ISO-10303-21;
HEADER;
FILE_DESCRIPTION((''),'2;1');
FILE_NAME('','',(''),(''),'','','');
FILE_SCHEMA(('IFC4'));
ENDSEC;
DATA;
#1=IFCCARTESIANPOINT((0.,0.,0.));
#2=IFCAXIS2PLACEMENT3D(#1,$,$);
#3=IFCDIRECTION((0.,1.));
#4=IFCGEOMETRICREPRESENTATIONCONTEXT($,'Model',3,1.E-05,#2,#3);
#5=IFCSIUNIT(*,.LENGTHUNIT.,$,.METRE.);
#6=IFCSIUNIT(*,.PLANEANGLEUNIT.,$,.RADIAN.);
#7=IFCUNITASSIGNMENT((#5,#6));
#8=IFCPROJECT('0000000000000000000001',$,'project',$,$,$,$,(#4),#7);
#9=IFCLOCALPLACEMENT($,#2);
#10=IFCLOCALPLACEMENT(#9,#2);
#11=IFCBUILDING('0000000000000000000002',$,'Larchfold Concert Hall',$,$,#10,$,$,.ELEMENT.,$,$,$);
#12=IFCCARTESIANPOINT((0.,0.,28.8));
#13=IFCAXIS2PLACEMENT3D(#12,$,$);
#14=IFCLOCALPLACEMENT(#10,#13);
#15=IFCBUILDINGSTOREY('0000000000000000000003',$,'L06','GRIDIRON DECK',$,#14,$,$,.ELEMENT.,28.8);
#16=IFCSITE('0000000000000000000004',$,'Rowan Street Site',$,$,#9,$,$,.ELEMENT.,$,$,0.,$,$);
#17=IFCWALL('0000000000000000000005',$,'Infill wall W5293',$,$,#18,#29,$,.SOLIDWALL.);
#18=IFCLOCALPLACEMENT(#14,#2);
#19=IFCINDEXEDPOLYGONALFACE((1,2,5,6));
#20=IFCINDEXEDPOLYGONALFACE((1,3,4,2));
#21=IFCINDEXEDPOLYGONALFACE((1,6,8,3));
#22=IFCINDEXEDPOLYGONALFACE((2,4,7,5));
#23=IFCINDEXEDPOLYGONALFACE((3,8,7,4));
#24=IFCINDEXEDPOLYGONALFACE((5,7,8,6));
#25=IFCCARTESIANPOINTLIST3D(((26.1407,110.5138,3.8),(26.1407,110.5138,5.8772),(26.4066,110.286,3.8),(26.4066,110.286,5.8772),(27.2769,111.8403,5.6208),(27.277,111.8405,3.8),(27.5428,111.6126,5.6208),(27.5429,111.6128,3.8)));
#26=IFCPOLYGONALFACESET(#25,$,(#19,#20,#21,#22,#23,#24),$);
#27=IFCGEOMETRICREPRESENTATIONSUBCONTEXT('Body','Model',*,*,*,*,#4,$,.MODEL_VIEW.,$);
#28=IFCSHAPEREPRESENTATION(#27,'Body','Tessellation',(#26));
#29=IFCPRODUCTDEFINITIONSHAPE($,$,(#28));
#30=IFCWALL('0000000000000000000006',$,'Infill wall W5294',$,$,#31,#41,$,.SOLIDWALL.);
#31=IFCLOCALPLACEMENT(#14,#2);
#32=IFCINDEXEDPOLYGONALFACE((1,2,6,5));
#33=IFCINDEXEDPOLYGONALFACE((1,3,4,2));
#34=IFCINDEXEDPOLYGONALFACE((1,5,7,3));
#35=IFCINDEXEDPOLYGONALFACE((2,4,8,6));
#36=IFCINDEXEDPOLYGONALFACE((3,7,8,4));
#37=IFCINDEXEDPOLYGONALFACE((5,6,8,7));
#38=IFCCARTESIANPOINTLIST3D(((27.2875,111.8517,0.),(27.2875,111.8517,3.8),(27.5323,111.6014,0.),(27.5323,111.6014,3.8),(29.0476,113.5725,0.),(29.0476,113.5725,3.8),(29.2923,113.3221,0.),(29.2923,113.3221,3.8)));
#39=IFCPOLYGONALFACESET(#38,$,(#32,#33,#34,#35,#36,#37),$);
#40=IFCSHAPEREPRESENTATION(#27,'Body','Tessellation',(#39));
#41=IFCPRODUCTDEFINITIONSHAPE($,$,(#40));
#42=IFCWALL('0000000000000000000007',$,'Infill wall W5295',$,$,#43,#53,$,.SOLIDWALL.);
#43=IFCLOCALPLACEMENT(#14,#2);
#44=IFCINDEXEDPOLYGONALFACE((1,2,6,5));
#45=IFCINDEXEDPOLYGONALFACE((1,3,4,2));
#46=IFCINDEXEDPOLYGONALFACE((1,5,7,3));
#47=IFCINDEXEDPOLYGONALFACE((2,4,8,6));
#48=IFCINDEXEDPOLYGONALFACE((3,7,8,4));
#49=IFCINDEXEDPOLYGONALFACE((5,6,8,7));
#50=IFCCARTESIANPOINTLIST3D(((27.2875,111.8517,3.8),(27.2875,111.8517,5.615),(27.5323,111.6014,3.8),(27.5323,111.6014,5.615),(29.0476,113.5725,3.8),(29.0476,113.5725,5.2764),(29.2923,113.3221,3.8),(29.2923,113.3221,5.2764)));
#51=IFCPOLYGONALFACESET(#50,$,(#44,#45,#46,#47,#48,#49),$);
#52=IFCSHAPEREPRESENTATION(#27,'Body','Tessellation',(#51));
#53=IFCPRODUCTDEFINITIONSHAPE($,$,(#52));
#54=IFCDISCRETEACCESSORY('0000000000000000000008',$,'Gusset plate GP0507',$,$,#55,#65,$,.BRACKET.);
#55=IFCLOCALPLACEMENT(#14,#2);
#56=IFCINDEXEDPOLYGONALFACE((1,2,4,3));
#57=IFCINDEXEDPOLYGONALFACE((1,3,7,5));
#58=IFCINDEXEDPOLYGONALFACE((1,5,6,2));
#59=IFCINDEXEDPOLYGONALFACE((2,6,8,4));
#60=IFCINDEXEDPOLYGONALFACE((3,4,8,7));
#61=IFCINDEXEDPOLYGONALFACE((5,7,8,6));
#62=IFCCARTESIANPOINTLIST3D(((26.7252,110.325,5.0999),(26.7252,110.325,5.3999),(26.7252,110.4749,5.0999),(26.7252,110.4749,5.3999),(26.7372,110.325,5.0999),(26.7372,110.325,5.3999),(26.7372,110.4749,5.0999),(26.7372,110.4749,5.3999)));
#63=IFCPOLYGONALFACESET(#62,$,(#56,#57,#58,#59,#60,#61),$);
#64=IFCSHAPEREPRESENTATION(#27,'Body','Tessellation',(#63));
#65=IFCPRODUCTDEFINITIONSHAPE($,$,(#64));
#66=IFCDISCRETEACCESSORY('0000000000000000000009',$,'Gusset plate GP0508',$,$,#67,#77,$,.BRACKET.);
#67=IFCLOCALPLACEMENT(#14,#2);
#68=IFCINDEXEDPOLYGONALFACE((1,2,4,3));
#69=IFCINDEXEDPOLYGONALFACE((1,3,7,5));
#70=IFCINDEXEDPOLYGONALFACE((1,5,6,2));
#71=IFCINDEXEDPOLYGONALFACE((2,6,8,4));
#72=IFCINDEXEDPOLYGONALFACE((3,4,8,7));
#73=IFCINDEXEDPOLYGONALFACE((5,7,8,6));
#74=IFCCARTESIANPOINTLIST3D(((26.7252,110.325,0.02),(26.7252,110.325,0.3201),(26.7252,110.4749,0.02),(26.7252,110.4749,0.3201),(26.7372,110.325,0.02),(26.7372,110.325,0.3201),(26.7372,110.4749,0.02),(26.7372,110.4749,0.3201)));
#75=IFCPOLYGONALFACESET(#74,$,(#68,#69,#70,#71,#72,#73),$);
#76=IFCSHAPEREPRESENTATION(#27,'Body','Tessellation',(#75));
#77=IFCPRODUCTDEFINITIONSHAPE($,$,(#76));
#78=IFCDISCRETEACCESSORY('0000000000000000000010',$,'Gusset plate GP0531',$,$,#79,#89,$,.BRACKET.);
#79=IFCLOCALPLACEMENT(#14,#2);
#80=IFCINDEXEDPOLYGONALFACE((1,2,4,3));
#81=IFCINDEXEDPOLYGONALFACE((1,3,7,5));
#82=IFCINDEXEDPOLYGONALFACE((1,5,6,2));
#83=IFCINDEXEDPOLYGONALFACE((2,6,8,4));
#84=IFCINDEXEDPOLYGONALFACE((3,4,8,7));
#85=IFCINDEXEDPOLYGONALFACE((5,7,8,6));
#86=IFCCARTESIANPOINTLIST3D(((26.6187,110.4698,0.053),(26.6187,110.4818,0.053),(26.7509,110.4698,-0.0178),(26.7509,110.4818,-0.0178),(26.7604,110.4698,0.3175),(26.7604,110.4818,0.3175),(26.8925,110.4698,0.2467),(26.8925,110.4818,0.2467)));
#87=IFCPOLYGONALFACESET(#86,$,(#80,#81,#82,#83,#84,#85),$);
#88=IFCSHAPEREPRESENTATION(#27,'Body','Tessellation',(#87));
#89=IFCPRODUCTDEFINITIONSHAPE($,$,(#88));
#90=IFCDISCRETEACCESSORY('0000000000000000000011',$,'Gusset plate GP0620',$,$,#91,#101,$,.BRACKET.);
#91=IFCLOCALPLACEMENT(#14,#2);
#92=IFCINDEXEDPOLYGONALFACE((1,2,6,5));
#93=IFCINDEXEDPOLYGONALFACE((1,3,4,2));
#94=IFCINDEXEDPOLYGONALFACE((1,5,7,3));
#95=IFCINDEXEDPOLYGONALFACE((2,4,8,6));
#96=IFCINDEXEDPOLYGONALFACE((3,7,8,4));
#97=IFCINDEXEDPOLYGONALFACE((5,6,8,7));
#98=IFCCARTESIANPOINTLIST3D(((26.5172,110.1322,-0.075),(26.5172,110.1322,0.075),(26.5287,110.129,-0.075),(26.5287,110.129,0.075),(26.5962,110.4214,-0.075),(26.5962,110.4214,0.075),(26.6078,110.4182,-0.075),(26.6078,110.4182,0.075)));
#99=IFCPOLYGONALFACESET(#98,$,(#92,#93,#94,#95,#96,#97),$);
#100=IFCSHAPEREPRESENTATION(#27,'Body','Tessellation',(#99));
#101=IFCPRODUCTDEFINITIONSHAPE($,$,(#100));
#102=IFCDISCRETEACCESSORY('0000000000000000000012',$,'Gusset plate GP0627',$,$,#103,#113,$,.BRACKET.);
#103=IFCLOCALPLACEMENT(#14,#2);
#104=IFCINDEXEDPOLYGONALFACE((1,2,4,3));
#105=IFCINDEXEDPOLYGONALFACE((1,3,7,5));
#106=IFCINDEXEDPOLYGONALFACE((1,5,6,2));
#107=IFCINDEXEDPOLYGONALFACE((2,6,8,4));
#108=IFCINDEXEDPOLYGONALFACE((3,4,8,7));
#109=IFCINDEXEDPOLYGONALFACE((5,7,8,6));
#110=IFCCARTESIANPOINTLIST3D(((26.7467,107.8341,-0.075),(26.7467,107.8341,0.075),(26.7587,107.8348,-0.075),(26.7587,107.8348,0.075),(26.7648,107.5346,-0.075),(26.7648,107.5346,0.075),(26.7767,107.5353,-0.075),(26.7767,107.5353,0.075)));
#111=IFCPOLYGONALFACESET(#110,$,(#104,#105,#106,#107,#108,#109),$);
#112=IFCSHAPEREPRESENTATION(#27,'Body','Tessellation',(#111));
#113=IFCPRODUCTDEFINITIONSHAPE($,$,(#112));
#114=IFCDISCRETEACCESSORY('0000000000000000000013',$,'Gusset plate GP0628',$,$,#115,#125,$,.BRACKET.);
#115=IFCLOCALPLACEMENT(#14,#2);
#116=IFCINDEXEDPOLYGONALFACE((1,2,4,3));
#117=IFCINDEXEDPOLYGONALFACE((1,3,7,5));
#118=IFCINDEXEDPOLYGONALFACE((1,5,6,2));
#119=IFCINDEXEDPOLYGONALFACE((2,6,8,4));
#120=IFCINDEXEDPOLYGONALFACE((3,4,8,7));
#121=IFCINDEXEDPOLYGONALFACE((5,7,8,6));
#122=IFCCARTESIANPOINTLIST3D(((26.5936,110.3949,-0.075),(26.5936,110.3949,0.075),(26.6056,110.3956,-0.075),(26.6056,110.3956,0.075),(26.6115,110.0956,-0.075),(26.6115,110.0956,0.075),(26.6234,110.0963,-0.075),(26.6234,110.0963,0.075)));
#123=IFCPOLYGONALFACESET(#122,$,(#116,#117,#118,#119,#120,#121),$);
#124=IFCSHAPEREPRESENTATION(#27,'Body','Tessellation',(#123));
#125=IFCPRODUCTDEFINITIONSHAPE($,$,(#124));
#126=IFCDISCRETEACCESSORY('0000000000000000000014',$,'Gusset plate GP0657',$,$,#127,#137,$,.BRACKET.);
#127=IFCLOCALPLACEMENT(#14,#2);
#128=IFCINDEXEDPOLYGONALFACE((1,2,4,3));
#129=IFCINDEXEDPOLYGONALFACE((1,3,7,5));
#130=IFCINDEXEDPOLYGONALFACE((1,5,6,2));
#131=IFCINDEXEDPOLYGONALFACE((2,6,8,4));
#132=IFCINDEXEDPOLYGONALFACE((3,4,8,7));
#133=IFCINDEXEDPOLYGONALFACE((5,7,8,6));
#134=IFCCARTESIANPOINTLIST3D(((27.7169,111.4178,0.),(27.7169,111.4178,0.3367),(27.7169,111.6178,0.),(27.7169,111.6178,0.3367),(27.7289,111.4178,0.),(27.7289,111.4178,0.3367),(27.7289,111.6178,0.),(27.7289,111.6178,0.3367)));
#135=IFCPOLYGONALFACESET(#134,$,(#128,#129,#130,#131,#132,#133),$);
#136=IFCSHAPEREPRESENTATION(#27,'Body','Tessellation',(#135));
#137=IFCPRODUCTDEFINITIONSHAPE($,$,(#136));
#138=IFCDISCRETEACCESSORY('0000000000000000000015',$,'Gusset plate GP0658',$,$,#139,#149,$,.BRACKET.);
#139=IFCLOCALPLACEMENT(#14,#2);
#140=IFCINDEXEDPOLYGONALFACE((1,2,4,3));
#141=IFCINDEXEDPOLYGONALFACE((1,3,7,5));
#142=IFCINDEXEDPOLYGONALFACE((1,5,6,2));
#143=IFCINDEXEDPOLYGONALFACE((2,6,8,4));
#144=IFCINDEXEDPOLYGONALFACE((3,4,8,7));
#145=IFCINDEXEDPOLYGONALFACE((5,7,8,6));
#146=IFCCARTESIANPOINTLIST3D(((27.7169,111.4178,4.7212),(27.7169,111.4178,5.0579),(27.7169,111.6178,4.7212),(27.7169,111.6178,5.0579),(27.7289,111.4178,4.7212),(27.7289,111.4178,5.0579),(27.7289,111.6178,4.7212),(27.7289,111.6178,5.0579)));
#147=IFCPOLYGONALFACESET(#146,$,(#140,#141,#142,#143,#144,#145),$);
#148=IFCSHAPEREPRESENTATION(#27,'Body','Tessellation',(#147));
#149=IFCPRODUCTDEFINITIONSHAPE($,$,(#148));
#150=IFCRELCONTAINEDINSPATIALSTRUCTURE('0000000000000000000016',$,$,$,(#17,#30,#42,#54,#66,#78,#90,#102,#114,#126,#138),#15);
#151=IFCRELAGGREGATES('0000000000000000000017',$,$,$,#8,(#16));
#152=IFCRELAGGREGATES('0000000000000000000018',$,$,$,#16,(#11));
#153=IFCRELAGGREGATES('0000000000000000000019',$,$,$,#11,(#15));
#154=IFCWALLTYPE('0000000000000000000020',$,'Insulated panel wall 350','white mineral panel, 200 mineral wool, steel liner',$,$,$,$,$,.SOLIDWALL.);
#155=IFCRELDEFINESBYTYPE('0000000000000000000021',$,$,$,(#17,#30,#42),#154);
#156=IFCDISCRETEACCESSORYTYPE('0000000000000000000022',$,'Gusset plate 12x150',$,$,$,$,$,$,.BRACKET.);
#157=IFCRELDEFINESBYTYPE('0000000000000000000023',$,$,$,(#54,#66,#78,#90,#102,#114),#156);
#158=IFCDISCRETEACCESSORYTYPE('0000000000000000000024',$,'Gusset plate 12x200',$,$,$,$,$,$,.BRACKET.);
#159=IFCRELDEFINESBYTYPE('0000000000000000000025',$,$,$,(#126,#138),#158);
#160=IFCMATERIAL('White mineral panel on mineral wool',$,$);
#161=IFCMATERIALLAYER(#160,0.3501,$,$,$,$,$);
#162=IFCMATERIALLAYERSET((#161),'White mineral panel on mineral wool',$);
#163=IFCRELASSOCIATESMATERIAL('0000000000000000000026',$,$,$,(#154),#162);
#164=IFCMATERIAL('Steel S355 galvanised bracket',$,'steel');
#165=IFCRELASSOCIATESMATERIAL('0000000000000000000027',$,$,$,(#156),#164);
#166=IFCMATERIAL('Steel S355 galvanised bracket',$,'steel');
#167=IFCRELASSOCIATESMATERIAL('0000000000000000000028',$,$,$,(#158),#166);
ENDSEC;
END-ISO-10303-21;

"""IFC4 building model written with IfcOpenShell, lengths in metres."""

from ifc_helpers import new_model, si_unit, direction, frame, frame_2d, origin, origin_2d, place, context, subcontext, project, spatial, polyline, rectangle, outline, extrude, material, layer, layer_set, material_profile, profile_set, type_object, element, save


model = new_model("IFC4")

# Units and contexts
model_context = context("Model", 3, precision=1e-05, world=origin(), true_north=direction((0.0, 1.0)))
body_context = subcontext(model_context, "Body", "Model", "MODEL_VIEW")
ifc_project = project(units=[si_unit("LENGTHUNIT", "METRE"), si_unit("PLANEANGLEUNIT", "RADIAN")], contexts=[model_context])

# Site, building, storey
site_placement = place(None, origin())
site = spatial("IfcSite", under=ifc_project, at=site_placement, Name="Rowan Street Site", CompositionType="ELEMENT", RefElevation=0.0)
building_placement = place(site_placement, origin())
building = spatial("IfcBuilding", under=site, at=building_placement, Name="Larchfold Concert Hall", CompositionType="ELEMENT")
storey_placement = place(building_placement, frame((0.0, 0.0, 28.8)))
storey = spatial("IfcBuildingStorey", under=building, at=storey_placement, Name="L06", Description="GRIDIRON DECK", CompositionType="ELEMENT", Elevation=28.8)

# Walls
ifc_material_1 = material(Name="White mineral panel on mineral wool")
ifc_layer_1 = layer(ifc_material_1, 0.3501)
ifc_layer_set_1 = layer_set([ifc_layer_1], Name="White mineral panel on mineral wool")
wall_type = type_object("IfcWallType", Name="Insulated panel wall 350", Description="white mineral panel, 200 mineral wool, steel liner", PredefinedType="SOLIDWALL", material=ifc_layer_set_1)
wall_1_placement = place(storey_placement, frame((26.2737, 110.3999, 3.8), z_axis=(0.0, 0.0, 1.0), x_axis=(0.650492, 0.759513, 0.0)))
element("IfcWall", 1, at=wall_1_placement, inside=storey, type_object=wall_type, Name="Infill wall W5293", PredefinedType="SOLIDWALL", context=body_context, shape_type="SweptSolid", body=[
    extrude(outline(polyline([(0.0, 0.0), (1.7468, 0.0), (1.7466, 1.8208), (0.0, 2.0771), (0.0, 0.0)])), frame((0.0, 0.175, 0.0), z_axis=(0.0, -1.0, 0.0), x_axis=(1.0, 0.0, 0.0)), (0.0, 0.0, 1.0), 0.3501),
])
wall_2_placement = place(storey_placement, frame((27.4099, 111.7266, 0.0), z_axis=(0.0, 0.0, 1.0), x_axis=(0.715046, 0.699077, 0.0)))
element("IfcWall", 2, at=wall_2_placement, inside=storey, type_object=wall_type, Name="Infill wall W5294", PredefinedType="SOLIDWALL", context=body_context, shape_type="SweptSolid", body=[
    extrude(rectangle(XDim=2.4614, YDim=0.3501, at=frame_2d((1.2307, 0.0))), origin(), (0.0, 0.0, 1.0), 3.8),
])
wall_3_placement = place(storey_placement, frame((27.4099, 111.7266, 3.8), z_axis=(0.0, 0.0, 1.0), x_axis=(0.715046, 0.699077, 0.0)))
element("IfcWall", 3, at=wall_3_placement, inside=storey, type_object=wall_type, Name="Infill wall W5295", PredefinedType="SOLIDWALL", context=body_context, shape_type="SweptSolid", body=[
    extrude(outline(polyline([(0.0, 0.0), (2.4614, 0.0), (2.4614, 1.4763), (0.0, 1.8149), (0.0, 0.0)])), frame((0.0, 0.175, 0.0), z_axis=(0.0, -1.0, 0.0), x_axis=(1.0, 0.0, 0.0)), (0.0, 0.0, 1.0), 0.3501),
])

# Discrete accessories
ifc_material_2 = material(Name="Steel S355 galvanised bracket", Category="steel")
ifc_material_profile_1 = material_profile(ifc_material_2, rectangle(XDim=0.012, YDim=0.1499, at=origin_2d()))
ifc_profile_set_1 = profile_set([ifc_material_profile_1], Name="Steel S355 galvanised bracket")
discrete_accessory_type_1 = type_object("IfcDiscreteAccessoryType", Name="Gusset plate 12x150", PredefinedType="BRACKET", material=ifc_profile_set_1)
for number, where, z_axis, x_axis, name in (
    (4, (26.7312, 110.3999, 5.3999), (0.0, 0.0, -1.0), (1.0, 0.0, 0.0), "Gusset plate GP0507"),
    (5, (26.7312, 110.3999, 0.3201), (0.0, 0.0, -1.0), (1.0, 0.0, 0.0), "Gusset plate GP0508"),
    (6, (26.6848, 110.4758, 0.0176), (0.472108, 0.0, 0.88154), (0.0, 1.0, 0.0), "Gusset plate GP0531"),
):
    element("IfcDiscreteAccessory", number, at=place(storey_placement, frame(where, z_axis=z_axis, x_axis=x_axis)), inside=storey, type_object=discrete_accessory_type_1, Name=name, PredefinedType="BRACKET", context=body_context, shape_type="SweptSolid", body=[
        extrude(rectangle(XDim=0.012, YDim=0.1499, at=origin_2d()), origin(), (0.0, 0.0, 1.0), 0.3),
    ])
discrete_accessory_1_placement = place(storey_placement, frame((26.5229, 110.1306, 0.0), z_axis=(0.263737, 0.964595, 0.0), x_axis=(-0.964595, 0.263737, 0.0)))
element("IfcDiscreteAccessory", 7, at=discrete_accessory_1_placement, inside=storey, type_object=discrete_accessory_type_1, Name="Gusset plate GP0620", PredefinedType="BRACKET", context=body_context, shape_type="SweptSolid", body=[
    extrude(rectangle(XDim=0.012, YDim=0.1499, at=origin_2d()), origin(), (0.0, 0.0, 1.0), 0.2998),
])
discrete_accessory_2_placement = place(storey_placement, frame((26.7708, 107.5349, 0.0), z_axis=(-0.0602, 0.998186, 0.0), x_axis=(-0.998186, -0.0602, 0.0)))
element("IfcDiscreteAccessory", 8, at=discrete_accessory_2_placement, inside=storey, type_object=discrete_accessory_type_1, Name="Gusset plate GP0627", PredefinedType="BRACKET", context=body_context, shape_type="SweptSolid", body=[
    extrude(rectangle(XDim=0.012, YDim=0.1499, at=origin_2d()), origin(), (0.0, 0.0, 1.0), 0.3),
])
discrete_accessory_3_placement = place(storey_placement, frame((26.6174, 110.0959, 0.0), z_axis=(-0.059438, 0.998232, 0.0), x_axis=(-0.998232, -0.059438, 0.0)))
element("IfcDiscreteAccessory", 9, at=discrete_accessory_3_placement, inside=storey, type_object=discrete_accessory_type_1, Name="Gusset plate GP0628", PredefinedType="BRACKET", context=body_context, shape_type="SweptSolid", body=[
    extrude(rectangle(XDim=0.012, YDim=0.1499, at=origin_2d()), origin(), (0.0, 0.0, 1.0), 0.2998),
])
ifc_material_3 = material(Name="Steel S355 galvanised bracket", Category="steel")
ifc_material_profile_2 = material_profile(ifc_material_3, rectangle(XDim=0.012, YDim=0.2, at=origin_2d()))
ifc_profile_set_2 = profile_set([ifc_material_profile_2], Name="Steel S355 galvanised bracket")
discrete_accessory_type_2 = type_object("IfcDiscreteAccessoryType", Name="Gusset plate 12x200", PredefinedType="BRACKET", material=ifc_profile_set_2)
for number, where, z_axis, x_axis, name in (
    (10, (27.7229, 111.5178, 0.0), (0.0, 0.0, 1.0), (1.0, 0.0, 0.0), "Gusset plate GP0657"),
    (11, (27.7229, 111.5178, 4.7212), (0.0, 0.0, 1.0), (1.0, 0.0, 0.0), "Gusset plate GP0658"),
):
    element("IfcDiscreteAccessory", number, at=place(storey_placement, frame(where, z_axis=z_axis, x_axis=x_axis)), inside=storey, type_object=discrete_accessory_type_2, Name=name, PredefinedType="BRACKET", context=body_context, shape_type="SweptSolid", body=[
        extrude(rectangle(XDim=0.012, YDim=0.2, at=origin_2d()), origin(), (0.0, 0.0, 1.0), 0.3367),
    ])

save(model, "model.ifc")
